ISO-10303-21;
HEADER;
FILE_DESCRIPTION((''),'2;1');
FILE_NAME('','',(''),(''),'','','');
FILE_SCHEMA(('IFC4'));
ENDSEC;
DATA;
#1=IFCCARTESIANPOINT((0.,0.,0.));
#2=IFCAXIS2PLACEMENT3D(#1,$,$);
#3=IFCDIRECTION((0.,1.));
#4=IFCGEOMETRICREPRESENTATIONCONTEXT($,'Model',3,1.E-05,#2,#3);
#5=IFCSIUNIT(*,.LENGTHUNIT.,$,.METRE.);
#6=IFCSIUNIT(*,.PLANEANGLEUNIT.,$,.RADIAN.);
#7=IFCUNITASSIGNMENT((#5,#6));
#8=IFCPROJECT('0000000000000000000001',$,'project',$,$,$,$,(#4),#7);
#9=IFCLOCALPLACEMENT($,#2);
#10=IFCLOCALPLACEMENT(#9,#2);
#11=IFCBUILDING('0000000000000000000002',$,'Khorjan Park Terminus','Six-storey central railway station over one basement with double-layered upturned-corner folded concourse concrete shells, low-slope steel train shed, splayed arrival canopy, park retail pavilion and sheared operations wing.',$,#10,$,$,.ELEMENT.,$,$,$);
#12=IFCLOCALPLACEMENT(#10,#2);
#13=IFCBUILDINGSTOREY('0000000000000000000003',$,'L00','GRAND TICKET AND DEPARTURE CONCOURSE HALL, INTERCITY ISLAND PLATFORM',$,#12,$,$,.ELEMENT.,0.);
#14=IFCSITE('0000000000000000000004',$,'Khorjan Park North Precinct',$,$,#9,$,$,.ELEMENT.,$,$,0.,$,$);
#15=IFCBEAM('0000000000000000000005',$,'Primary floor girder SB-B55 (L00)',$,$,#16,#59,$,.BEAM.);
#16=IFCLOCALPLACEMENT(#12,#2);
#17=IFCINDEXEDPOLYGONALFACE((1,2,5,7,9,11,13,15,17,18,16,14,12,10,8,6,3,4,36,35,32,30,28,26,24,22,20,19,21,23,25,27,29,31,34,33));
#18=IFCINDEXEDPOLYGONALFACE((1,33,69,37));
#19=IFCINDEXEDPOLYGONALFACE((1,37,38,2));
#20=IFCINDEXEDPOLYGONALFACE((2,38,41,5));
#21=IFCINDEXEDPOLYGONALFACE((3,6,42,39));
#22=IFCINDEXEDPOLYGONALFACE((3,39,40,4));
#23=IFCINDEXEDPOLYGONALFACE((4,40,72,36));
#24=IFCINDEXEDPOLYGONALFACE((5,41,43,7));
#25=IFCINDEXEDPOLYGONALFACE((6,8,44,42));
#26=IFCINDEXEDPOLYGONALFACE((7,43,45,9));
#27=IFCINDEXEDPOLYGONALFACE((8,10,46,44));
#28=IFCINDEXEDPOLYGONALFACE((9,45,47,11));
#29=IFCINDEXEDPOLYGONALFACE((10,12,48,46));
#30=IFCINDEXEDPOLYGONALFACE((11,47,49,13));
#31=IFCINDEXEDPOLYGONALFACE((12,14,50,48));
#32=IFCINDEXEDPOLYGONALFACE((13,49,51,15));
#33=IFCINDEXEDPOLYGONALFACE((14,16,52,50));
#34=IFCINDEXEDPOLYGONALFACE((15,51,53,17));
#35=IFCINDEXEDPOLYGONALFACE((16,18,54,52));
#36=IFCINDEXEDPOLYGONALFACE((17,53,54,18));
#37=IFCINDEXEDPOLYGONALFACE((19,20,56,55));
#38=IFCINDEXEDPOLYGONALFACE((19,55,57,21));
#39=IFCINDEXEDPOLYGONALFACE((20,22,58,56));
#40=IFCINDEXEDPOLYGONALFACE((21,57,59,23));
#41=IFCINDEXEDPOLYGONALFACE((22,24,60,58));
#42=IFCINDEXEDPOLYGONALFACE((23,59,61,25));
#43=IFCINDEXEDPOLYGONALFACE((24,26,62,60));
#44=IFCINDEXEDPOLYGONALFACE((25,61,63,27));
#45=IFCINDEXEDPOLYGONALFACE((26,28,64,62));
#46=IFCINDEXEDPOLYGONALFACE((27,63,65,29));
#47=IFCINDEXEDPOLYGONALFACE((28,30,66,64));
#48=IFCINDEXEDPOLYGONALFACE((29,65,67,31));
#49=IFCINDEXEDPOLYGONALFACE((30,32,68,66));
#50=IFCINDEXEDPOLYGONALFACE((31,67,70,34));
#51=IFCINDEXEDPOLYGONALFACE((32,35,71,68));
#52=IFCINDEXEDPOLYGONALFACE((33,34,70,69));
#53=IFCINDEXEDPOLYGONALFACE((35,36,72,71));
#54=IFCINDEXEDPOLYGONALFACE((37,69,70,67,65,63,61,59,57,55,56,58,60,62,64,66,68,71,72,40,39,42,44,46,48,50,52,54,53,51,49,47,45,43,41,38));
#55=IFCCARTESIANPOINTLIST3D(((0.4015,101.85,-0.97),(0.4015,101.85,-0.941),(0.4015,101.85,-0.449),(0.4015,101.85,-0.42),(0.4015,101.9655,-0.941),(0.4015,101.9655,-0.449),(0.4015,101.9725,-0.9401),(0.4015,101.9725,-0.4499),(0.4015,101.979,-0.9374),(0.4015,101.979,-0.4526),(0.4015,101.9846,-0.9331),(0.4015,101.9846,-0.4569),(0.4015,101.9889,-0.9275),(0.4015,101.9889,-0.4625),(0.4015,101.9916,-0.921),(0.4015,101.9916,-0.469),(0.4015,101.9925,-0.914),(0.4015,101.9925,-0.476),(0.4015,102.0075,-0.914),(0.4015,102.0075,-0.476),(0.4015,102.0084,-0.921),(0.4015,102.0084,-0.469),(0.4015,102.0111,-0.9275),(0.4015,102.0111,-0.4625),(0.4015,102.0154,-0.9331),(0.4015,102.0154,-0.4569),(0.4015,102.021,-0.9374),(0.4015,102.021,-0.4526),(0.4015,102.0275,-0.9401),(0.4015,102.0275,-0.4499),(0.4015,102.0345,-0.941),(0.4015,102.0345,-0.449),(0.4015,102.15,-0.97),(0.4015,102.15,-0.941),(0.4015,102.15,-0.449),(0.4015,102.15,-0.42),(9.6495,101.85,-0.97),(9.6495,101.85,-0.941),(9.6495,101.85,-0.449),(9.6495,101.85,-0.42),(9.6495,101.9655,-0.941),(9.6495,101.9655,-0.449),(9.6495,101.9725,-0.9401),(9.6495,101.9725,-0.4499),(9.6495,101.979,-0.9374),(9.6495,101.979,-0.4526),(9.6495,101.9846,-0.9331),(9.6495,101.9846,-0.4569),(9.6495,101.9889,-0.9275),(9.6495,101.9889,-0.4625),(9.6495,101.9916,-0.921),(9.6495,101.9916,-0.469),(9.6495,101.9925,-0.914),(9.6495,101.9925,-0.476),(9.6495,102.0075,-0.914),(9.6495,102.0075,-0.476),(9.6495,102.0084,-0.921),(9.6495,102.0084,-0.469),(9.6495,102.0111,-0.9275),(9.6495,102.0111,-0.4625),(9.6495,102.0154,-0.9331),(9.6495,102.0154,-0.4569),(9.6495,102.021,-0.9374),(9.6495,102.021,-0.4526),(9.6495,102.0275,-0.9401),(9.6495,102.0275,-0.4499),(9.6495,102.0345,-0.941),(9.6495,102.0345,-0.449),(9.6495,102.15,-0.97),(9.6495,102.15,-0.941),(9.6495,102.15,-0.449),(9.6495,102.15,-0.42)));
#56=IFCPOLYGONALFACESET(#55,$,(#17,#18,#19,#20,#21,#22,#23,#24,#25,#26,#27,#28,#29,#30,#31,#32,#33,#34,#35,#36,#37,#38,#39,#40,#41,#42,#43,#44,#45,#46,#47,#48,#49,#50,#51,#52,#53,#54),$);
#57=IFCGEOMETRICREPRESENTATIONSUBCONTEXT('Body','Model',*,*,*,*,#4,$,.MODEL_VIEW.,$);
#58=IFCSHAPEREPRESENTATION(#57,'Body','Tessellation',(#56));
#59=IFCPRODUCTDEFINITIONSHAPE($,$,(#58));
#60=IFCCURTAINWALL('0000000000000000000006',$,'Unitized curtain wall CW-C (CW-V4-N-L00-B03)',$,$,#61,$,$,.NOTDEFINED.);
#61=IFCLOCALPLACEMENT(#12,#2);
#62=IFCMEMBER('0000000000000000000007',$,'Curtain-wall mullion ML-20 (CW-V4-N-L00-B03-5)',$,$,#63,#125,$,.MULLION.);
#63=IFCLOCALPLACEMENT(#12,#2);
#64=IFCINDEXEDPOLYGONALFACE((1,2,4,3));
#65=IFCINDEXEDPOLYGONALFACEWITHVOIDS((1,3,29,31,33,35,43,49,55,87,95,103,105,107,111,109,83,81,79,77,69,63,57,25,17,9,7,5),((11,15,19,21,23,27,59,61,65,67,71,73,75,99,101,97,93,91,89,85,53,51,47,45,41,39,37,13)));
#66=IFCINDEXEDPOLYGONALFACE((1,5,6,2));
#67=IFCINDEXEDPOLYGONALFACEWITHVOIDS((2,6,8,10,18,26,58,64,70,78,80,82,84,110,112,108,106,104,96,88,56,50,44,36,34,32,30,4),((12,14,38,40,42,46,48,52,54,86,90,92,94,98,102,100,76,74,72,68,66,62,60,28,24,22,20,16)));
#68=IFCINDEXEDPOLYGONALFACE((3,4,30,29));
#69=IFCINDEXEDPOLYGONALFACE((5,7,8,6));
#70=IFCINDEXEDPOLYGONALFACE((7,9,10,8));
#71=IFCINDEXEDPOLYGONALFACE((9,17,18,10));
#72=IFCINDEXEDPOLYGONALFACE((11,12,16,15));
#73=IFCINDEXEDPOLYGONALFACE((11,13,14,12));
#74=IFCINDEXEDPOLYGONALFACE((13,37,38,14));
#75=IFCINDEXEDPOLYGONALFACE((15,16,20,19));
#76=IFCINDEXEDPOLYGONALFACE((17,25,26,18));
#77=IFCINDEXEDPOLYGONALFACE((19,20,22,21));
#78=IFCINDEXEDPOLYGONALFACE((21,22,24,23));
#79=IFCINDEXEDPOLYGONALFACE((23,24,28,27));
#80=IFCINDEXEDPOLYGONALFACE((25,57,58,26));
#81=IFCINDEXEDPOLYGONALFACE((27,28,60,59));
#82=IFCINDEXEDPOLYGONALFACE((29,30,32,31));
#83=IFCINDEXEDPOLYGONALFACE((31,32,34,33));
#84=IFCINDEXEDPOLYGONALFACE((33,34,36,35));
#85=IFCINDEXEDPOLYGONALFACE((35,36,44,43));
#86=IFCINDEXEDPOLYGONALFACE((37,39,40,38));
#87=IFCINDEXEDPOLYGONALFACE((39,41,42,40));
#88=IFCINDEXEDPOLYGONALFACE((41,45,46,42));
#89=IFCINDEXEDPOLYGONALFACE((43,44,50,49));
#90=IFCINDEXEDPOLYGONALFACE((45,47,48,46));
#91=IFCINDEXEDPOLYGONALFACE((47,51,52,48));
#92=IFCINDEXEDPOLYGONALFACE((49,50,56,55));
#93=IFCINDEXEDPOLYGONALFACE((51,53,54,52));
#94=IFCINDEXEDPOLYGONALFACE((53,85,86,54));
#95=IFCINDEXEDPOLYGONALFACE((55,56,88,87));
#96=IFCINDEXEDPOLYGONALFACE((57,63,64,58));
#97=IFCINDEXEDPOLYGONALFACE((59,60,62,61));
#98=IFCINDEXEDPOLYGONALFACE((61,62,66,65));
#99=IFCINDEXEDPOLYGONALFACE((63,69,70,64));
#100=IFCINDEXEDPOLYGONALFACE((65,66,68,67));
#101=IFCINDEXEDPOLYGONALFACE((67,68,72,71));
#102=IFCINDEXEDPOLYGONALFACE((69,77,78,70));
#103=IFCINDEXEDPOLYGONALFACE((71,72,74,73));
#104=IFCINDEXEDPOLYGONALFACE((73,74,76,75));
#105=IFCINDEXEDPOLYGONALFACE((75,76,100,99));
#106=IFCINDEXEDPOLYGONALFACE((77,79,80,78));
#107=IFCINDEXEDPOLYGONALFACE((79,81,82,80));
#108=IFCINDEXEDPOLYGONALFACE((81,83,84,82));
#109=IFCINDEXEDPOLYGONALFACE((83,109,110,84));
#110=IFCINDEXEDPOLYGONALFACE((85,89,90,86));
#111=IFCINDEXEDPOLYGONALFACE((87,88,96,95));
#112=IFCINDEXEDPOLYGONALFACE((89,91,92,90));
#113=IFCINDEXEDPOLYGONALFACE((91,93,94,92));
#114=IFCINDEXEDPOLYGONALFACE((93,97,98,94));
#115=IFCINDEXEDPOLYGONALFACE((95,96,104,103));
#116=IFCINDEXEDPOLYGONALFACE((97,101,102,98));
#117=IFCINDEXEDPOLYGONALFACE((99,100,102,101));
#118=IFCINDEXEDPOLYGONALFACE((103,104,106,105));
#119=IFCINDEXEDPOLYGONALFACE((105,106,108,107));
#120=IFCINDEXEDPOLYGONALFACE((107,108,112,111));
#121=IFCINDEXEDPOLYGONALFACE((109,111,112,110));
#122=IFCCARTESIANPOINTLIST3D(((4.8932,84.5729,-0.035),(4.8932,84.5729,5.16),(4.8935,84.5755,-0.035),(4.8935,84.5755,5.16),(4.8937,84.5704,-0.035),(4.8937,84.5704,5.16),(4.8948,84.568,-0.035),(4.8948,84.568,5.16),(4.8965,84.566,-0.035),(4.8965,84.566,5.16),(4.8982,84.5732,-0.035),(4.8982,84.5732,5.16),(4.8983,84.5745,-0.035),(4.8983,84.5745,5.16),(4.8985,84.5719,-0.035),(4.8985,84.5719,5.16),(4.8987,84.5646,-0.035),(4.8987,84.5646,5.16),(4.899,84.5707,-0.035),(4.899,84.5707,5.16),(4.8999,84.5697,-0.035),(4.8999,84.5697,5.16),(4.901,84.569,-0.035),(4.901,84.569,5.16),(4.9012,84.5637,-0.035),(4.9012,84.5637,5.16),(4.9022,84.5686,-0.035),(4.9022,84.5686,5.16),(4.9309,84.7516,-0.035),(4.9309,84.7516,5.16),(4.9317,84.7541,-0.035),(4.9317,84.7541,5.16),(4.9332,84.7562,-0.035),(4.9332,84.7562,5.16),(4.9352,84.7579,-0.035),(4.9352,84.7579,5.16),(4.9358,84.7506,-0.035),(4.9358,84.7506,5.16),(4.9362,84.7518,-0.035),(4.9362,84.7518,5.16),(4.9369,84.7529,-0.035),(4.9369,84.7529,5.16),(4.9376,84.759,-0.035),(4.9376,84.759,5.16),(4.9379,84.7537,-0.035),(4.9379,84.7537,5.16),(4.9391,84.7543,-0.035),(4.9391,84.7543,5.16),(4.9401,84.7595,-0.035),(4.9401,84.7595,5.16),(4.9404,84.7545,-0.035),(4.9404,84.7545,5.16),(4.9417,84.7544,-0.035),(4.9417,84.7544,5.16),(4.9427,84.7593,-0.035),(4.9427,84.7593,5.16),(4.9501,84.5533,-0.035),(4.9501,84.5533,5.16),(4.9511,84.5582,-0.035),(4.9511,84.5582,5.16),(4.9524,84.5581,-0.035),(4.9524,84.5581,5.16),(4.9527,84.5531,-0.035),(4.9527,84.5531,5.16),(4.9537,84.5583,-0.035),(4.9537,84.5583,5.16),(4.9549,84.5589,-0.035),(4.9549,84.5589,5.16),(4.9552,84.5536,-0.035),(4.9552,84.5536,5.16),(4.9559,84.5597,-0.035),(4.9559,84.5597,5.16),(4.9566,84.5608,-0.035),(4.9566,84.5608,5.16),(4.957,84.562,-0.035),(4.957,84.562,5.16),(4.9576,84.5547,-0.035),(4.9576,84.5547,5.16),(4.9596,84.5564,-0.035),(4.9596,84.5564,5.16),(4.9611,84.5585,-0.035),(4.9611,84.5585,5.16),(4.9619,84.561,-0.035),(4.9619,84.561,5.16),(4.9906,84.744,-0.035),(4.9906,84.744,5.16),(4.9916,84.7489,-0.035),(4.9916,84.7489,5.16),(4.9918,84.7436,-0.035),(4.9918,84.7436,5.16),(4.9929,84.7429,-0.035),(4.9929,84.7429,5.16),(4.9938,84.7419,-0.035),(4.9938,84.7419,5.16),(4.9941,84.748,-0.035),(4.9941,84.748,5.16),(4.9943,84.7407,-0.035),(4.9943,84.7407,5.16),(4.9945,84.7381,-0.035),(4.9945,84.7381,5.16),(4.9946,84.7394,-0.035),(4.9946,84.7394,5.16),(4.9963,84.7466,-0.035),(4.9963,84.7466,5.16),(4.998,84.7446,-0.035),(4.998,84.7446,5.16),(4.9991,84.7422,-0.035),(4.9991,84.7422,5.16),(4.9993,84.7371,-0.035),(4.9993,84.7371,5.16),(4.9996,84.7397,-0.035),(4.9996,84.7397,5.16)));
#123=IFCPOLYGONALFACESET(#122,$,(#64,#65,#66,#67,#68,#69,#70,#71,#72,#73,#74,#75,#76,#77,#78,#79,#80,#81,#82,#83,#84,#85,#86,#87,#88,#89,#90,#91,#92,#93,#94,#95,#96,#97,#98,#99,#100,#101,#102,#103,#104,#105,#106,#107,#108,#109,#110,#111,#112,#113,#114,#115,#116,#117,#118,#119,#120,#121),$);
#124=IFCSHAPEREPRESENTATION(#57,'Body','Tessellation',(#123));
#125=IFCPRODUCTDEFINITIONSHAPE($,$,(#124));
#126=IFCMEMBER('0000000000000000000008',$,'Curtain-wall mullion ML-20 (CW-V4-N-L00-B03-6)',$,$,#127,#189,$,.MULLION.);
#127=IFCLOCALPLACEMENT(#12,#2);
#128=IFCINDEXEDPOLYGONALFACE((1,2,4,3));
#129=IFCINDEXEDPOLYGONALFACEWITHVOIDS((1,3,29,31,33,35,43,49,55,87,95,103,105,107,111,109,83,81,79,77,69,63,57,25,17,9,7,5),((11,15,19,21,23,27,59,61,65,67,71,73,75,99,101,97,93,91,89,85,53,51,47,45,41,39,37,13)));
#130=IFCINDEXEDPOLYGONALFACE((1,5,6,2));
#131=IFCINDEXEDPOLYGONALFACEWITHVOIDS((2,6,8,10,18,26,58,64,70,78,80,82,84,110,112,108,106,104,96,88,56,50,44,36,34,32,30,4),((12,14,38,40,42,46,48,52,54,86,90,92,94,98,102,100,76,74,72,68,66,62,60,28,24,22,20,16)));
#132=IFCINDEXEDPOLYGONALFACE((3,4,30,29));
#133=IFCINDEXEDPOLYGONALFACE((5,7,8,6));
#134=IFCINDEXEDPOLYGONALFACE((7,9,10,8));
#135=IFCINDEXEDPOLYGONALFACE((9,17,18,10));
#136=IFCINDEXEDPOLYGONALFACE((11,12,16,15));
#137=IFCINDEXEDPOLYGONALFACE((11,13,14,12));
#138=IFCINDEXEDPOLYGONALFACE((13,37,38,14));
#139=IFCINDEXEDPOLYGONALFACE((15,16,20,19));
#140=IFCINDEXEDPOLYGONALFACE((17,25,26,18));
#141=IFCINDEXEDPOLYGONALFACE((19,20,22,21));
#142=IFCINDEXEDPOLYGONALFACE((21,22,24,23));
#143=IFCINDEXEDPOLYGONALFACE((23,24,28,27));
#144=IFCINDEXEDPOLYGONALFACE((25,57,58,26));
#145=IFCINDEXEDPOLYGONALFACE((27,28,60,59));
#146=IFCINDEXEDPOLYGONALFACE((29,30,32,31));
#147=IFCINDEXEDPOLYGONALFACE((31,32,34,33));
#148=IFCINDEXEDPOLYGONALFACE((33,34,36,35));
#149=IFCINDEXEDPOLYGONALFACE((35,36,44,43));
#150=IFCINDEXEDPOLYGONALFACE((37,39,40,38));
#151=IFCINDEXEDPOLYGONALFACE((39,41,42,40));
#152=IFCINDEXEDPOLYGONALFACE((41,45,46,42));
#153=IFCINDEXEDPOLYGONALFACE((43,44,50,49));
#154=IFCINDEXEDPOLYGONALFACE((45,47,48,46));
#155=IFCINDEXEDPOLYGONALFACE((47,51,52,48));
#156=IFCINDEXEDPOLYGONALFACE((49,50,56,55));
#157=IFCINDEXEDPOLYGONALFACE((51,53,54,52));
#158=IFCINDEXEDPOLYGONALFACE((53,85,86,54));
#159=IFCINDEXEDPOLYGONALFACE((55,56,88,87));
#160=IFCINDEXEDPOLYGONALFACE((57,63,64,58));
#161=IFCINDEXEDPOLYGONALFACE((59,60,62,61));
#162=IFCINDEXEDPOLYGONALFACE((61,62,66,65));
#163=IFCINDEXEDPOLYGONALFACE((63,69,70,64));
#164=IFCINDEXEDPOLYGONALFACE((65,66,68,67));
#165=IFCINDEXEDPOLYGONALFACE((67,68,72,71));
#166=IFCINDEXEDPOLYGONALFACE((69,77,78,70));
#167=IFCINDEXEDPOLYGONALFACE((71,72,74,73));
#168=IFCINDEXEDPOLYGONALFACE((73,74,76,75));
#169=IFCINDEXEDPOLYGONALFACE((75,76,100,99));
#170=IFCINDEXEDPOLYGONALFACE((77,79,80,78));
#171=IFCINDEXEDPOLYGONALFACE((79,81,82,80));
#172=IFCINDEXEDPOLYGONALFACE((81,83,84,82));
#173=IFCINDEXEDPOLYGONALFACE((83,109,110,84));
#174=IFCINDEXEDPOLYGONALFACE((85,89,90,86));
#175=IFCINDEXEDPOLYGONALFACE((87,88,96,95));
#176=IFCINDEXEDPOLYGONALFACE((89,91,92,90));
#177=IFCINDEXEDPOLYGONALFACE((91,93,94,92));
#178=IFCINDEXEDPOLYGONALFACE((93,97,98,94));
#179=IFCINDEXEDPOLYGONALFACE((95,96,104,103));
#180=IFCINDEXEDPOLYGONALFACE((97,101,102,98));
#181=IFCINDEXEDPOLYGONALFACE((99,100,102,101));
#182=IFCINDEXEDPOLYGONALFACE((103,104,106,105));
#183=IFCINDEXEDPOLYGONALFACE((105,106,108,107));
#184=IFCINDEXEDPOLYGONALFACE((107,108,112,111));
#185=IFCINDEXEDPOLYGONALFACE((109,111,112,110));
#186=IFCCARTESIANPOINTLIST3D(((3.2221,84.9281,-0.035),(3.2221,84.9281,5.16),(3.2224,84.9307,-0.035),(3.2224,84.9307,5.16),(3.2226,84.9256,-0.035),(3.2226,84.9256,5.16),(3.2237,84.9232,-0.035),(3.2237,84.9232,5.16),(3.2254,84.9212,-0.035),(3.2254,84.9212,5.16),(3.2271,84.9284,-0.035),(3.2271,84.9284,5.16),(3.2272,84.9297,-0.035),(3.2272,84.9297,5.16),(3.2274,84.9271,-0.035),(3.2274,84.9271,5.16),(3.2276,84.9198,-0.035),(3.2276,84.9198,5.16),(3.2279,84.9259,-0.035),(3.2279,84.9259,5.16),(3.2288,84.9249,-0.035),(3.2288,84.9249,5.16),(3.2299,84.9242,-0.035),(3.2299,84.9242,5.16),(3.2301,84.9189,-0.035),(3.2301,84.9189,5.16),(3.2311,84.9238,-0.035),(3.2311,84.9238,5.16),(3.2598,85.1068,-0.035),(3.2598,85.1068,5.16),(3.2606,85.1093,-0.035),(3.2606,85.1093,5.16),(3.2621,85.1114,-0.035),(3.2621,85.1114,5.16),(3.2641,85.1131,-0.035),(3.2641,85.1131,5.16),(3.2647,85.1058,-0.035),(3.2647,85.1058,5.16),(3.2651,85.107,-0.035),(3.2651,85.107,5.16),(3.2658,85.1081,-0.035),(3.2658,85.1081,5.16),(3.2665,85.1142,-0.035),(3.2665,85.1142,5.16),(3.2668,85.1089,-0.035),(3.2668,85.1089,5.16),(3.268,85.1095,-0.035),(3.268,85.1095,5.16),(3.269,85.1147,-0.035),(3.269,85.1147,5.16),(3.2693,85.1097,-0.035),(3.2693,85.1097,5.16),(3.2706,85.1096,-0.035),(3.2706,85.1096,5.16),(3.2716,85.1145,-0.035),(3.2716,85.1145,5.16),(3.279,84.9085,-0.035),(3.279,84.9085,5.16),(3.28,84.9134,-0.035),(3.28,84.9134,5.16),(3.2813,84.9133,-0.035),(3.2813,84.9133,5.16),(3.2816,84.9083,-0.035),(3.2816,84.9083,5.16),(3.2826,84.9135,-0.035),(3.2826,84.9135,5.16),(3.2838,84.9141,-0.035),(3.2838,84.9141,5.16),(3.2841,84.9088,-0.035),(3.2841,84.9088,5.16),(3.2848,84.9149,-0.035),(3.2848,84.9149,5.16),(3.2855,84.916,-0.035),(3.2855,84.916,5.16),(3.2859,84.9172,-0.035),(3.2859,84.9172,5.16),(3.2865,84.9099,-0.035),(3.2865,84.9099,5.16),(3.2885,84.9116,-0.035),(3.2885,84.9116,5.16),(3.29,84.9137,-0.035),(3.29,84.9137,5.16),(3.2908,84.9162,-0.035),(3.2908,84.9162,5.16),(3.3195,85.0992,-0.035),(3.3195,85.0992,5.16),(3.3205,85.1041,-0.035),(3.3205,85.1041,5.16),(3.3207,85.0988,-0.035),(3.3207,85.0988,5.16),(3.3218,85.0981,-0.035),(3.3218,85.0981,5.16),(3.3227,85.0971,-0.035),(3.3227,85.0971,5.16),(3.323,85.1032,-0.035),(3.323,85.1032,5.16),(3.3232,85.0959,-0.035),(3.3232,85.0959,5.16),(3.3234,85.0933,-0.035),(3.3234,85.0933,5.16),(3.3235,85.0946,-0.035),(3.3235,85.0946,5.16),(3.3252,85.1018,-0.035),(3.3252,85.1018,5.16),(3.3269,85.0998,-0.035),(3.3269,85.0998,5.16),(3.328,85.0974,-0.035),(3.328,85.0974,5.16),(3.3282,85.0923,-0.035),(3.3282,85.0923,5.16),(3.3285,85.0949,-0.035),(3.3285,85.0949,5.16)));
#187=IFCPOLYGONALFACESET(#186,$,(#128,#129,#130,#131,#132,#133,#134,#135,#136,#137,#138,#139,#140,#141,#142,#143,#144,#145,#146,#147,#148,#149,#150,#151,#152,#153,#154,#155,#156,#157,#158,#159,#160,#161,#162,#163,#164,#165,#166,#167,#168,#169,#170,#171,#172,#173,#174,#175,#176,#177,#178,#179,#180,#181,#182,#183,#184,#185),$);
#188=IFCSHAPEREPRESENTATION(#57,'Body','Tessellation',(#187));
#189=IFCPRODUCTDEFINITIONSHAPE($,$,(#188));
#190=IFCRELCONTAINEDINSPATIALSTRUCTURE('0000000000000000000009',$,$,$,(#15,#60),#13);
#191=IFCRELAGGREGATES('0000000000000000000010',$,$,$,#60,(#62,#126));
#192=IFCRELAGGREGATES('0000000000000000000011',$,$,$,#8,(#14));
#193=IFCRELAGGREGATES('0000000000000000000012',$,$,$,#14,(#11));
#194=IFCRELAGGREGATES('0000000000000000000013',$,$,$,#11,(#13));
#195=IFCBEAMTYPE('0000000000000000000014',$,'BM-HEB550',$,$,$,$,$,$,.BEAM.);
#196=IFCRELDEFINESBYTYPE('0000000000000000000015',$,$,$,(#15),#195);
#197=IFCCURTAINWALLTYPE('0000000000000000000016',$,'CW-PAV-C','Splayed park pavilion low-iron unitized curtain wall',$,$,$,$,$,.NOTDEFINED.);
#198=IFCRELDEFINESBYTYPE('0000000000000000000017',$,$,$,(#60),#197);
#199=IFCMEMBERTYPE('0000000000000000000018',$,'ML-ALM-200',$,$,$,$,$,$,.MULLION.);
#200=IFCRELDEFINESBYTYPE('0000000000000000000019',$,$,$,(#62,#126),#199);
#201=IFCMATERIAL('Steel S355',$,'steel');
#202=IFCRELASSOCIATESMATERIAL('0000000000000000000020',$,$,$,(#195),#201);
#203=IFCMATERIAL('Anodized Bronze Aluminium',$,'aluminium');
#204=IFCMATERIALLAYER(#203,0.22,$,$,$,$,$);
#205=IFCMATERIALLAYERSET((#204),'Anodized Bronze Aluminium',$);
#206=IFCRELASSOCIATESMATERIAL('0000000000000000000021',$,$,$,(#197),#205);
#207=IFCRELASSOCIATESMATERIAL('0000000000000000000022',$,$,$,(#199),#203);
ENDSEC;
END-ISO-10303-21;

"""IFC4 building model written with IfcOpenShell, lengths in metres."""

from ifc_helpers import new_model, si_unit, direction, frame, origin, origin_2d, place, context, subcontext, project, spatial, hollow_rectangle, i_section, extrude, material, layer, layer_set, material_profile, profile_set, type_object, element, aggregate, save


model = new_model("IFC4")

# Units and contexts
model_context = context("Model", 3, precision=1e-05, world=origin(), true_north=direction((0.0, 1.0)))
body_context = subcontext(model_context, "Body", "Model", "MODEL_VIEW")
ifc_project = project(units=[si_unit("LENGTHUNIT", "METRE"), si_unit("PLANEANGLEUNIT", "RADIAN")], contexts=[model_context])

# Site, building, storey
site_placement = place(None, origin())
site = spatial("IfcSite", under=ifc_project, at=site_placement, Name="Khorjan Park North Precinct", CompositionType="ELEMENT", RefElevation=0.0)
building_placement = place(site_placement, origin())
building = spatial("IfcBuilding", under=site, at=building_placement, Name="Khorjan Park Terminus", Description="Six-storey central railway station over one basement with double-layered upturned-corner folded concourse concrete shells, low-slope steel train shed, splayed arrival canopy, park retail pavilion and sheared operations wing.", CompositionType="ELEMENT")
storey_placement = place(building_placement, origin())
storey = spatial("IfcBuildingStorey", under=building, at=storey_placement, Name="L00", Description="GRAND TICKET AND DEPARTURE CONCOURSE HALL, INTERCITY ISLAND PLATFORM", CompositionType="ELEMENT", Elevation=0.0)

# Shared definitions
ifc_material_1 = material(Name="Steel S355", Category="steel")

# Beam
ifc_material_profile_1 = material_profile(ifc_material_1, i_section(OverallWidth=0.3, OverallDepth=0.55, WebThickness=0.015, FlangeThickness=0.029, FilletRadius=0.027, at=origin_2d()), Name="HEB 550")
ifc_profile_set_1 = profile_set([ifc_material_profile_1], Name="Steel S355")
beam_type_1 = type_object("IfcBeamType", Name="BM-HEB550", PredefinedType="BEAM", material=ifc_profile_set_1)
beam_1_placement = place(storey_placement, frame((0.4015, 102.0, -0.695), z_axis=(1.0, 0.0, 0.0), x_axis=(0.0, 1.0, 0.0)))
element("IfcBeam", 1, at=beam_1_placement, inside=storey, type_object=beam_type_1, Name="Primary floor girder SB-B55 (L00)", PredefinedType="BEAM", context=body_context, shape_type="SweptSolid", body=[
    extrude(i_section(OverallWidth=0.3, OverallDepth=0.55, WebThickness=0.015, FlangeThickness=0.029, FilletRadius=0.027, at=origin_2d()), origin(), (0.0, 0.0, 1.0), 9.248),
])

# Curtain wall, members
ifc_material_2 = material(Name="Anodized Bronze Aluminium", Category="aluminium")
ifc_layer_1 = layer(ifc_material_2, 0.22)
ifc_layer_set_1 = layer_set([ifc_layer_1], Name="Anodized Bronze Aluminium")
curtain_wall_type = type_object("IfcCurtainWallType", Name="CW-PAV-C", Description="Splayed park pavilion low-iron unitized curtain wall", PredefinedType="NOTDEFINED", material=ifc_layer_set_1)
curtain_wall_1_placement = place(storey_placement, origin())
curtain_wall_1 = element("IfcCurtainWall", 2, at=curtain_wall_1_placement, inside=storey, type_object=curtain_wall_type, Name="Unitized curtain wall CW-C (CW-V4-N-L00-B03)", PredefinedType="NOTDEFINED")
ifc_material_profile_2 = material_profile(ifc_material_2, hollow_rectangle(XDim=0.07, YDim=0.2, WallThickness=0.005, InnerFilletRadius=0.005, OuterFilletRadius=0.01, at=origin_2d()), Name="ALM 70x200x5")
ifc_profile_set_2 = profile_set([ifc_material_profile_2], Name="Anodized Bronze Aluminium")
member_type_1 = type_object("IfcMemberType", Name="ML-ALM-200", PredefinedType="MULLION", material=ifc_profile_set_2)
member_1_placement = place(storey_placement, frame((4.9464, 84.6563, -0.035), z_axis=(0.0, 0.0, 1.0), x_axis=(-0.978147, 0.207914, 0.0)))
member_1 = element("IfcMember", 3, at=member_1_placement, type_object=member_type_1, Name="Curtain-wall mullion ML-20 (CW-V4-N-L00-B03-5)", PredefinedType="MULLION", context=body_context, shape_type="SweptSolid", body=[
    extrude(hollow_rectangle(XDim=0.07, YDim=0.2, WallThickness=0.005, InnerFilletRadius=0.005, OuterFilletRadius=0.01, at=origin_2d()), origin(), (0.0, 0.0, 1.0), 5.195),
])
member_2_placement = place(storey_placement, frame((3.2753, 85.0115, -0.035), z_axis=(0.0, 0.0, 1.0), x_axis=(-0.978147, 0.207914, 0.0)))
member_2 = element("IfcMember", 4, at=member_2_placement, type_object=member_type_1, Name="Curtain-wall mullion ML-20 (CW-V4-N-L00-B03-6)", PredefinedType="MULLION", context=body_context, shape_type="SweptSolid", body=[
    extrude(hollow_rectangle(XDim=0.07, YDim=0.2, WallThickness=0.005, InnerFilletRadius=0.005, OuterFilletRadius=0.01, at=origin_2d()), origin(), (0.0, 0.0, 1.0), 5.195),
])

aggregate(curtain_wall_1, [member_1, member_2])

save(model, "model.ifc")
